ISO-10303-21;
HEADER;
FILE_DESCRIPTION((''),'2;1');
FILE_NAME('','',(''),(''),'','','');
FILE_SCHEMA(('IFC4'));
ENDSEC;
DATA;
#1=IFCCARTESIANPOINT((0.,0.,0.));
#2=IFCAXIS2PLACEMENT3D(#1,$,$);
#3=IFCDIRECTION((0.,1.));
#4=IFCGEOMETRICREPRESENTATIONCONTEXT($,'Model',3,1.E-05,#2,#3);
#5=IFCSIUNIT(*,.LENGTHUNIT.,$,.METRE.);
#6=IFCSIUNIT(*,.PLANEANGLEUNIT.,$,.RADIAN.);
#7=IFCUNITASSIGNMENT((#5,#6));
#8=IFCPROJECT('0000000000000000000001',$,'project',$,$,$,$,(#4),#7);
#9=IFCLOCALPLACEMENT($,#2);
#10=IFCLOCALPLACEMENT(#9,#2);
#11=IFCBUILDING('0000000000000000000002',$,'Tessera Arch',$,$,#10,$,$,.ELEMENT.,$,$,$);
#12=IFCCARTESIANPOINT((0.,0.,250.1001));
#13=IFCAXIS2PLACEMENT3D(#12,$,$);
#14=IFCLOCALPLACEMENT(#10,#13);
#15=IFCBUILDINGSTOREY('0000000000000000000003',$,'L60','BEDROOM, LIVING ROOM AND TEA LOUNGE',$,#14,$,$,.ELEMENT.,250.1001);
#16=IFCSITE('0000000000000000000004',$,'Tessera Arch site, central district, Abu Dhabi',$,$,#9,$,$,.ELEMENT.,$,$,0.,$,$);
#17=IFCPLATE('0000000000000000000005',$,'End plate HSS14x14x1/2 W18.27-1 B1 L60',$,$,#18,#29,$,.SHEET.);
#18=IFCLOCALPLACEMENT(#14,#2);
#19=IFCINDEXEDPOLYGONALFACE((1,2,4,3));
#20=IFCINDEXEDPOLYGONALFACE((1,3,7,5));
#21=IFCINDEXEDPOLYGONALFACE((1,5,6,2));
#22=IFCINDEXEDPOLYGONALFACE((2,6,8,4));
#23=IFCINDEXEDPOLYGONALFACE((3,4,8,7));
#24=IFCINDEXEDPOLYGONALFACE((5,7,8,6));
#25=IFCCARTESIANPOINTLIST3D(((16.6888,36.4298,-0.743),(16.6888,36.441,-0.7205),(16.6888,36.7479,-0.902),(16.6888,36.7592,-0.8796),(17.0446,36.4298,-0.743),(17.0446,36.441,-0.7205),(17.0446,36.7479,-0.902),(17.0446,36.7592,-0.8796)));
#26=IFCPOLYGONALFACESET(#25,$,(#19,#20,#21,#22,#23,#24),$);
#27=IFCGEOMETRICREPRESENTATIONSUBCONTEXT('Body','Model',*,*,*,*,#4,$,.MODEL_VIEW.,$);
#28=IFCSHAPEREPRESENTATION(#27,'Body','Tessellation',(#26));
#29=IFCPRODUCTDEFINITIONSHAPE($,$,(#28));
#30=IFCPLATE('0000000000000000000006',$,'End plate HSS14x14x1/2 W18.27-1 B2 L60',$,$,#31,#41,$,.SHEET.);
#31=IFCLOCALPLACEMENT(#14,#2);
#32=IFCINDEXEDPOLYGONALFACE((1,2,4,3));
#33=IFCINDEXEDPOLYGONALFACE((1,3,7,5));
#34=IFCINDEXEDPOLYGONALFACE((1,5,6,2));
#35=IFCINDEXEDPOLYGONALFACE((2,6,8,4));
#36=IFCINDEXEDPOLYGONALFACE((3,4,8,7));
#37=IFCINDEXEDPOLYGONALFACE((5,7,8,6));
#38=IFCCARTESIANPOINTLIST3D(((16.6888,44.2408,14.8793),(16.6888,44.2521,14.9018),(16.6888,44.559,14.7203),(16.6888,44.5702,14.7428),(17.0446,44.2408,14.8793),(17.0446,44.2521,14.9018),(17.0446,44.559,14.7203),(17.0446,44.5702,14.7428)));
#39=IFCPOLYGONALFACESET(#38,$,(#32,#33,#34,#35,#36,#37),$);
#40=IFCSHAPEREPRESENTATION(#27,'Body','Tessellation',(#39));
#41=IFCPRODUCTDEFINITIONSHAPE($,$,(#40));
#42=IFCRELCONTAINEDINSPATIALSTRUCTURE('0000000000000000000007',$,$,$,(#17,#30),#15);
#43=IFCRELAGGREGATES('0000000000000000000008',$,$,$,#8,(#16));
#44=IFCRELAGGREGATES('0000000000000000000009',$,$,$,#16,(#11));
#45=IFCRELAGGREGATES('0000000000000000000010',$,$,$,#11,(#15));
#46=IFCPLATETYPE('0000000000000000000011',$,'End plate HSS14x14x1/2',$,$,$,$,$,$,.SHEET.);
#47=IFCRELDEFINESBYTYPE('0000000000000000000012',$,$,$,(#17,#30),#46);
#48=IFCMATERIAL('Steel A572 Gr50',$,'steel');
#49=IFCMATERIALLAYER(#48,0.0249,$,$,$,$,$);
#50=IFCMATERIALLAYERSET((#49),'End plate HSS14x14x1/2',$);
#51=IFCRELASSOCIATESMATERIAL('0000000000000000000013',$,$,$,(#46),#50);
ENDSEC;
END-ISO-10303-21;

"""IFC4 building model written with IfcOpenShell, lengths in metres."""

from ifc_helpers import new_model, si_unit, direction, frame, origin, origin_2d, place, context, subcontext, project, spatial, rectangle, extrude, material, layer, layer_set, type_object, element, save


model = new_model("IFC4")

# Units and contexts
model_context = context("Model", 3, precision=1e-05, world=origin(), true_north=direction((0.0, 1.0)))
body_context = subcontext(model_context, "Body", "Model", "MODEL_VIEW")
ifc_project = project(units=[si_unit("LENGTHUNIT", "METRE"), si_unit("PLANEANGLEUNIT", "RADIAN")], contexts=[model_context])

# Site, building, storey
site_placement = place(None, origin())
site = spatial("IfcSite", under=ifc_project, at=site_placement, Name="Tessera Arch site, central district, Abu Dhabi", CompositionType="ELEMENT", RefElevation=0.0)
building_placement = place(site_placement, origin())
building = spatial("IfcBuilding", under=site, at=building_placement, Name="Tessera Arch", CompositionType="ELEMENT")
storey_placement = place(building_placement, frame((0.0, 0.0, 250.1001)))
storey = spatial("IfcBuildingStorey", under=building, at=storey_placement, Name="L60", Description="BEDROOM, LIVING ROOM AND TEA LOUNGE", CompositionType="ELEMENT", Elevation=250.1001)

# Plates
ifc_material_1 = material(Name="Steel A572 Gr50", Category="steel")
ifc_layer_1 = layer(ifc_material_1, 0.0249)
ifc_layer_set_1 = layer_set([ifc_layer_1], Name="End plate HSS14x14x1/2")
plate_type_1 = type_object("IfcPlateType", Name="End plate HSS14x14x1/2", PredefinedType="SHEET", material=ifc_layer_set_1)
for number, where, z_axis, x_axis, name in (
    (1, (16.8667, 36.5889, -0.8225), (0.0, 0.447214, 0.894427), (-1.0, 0.0, 0.0), "End plate HSS14x14x1/2 W18.27-1 B1 L60"),
    (2, (16.8667, 44.3999, 14.7998), (0.0, 0.447214, 0.894427), (-1.0, 0.0, 0.0), "End plate HSS14x14x1/2 W18.27-1 B2 L60"),
):
    element("IfcPlate", number, at=place(storey_placement, frame(where, z_axis=z_axis, x_axis=x_axis)), inside=storey, type_object=plate_type_1, Name=name, PredefinedType="SHEET", context=body_context, shape_type="SweptSolid", body=[
        extrude(rectangle(XDim=0.3557, YDim=0.3557, at=origin_2d()), origin(), (0.0, 0.0, 1.0), 0.0251),
    ])

save(model, "model.ifc")
